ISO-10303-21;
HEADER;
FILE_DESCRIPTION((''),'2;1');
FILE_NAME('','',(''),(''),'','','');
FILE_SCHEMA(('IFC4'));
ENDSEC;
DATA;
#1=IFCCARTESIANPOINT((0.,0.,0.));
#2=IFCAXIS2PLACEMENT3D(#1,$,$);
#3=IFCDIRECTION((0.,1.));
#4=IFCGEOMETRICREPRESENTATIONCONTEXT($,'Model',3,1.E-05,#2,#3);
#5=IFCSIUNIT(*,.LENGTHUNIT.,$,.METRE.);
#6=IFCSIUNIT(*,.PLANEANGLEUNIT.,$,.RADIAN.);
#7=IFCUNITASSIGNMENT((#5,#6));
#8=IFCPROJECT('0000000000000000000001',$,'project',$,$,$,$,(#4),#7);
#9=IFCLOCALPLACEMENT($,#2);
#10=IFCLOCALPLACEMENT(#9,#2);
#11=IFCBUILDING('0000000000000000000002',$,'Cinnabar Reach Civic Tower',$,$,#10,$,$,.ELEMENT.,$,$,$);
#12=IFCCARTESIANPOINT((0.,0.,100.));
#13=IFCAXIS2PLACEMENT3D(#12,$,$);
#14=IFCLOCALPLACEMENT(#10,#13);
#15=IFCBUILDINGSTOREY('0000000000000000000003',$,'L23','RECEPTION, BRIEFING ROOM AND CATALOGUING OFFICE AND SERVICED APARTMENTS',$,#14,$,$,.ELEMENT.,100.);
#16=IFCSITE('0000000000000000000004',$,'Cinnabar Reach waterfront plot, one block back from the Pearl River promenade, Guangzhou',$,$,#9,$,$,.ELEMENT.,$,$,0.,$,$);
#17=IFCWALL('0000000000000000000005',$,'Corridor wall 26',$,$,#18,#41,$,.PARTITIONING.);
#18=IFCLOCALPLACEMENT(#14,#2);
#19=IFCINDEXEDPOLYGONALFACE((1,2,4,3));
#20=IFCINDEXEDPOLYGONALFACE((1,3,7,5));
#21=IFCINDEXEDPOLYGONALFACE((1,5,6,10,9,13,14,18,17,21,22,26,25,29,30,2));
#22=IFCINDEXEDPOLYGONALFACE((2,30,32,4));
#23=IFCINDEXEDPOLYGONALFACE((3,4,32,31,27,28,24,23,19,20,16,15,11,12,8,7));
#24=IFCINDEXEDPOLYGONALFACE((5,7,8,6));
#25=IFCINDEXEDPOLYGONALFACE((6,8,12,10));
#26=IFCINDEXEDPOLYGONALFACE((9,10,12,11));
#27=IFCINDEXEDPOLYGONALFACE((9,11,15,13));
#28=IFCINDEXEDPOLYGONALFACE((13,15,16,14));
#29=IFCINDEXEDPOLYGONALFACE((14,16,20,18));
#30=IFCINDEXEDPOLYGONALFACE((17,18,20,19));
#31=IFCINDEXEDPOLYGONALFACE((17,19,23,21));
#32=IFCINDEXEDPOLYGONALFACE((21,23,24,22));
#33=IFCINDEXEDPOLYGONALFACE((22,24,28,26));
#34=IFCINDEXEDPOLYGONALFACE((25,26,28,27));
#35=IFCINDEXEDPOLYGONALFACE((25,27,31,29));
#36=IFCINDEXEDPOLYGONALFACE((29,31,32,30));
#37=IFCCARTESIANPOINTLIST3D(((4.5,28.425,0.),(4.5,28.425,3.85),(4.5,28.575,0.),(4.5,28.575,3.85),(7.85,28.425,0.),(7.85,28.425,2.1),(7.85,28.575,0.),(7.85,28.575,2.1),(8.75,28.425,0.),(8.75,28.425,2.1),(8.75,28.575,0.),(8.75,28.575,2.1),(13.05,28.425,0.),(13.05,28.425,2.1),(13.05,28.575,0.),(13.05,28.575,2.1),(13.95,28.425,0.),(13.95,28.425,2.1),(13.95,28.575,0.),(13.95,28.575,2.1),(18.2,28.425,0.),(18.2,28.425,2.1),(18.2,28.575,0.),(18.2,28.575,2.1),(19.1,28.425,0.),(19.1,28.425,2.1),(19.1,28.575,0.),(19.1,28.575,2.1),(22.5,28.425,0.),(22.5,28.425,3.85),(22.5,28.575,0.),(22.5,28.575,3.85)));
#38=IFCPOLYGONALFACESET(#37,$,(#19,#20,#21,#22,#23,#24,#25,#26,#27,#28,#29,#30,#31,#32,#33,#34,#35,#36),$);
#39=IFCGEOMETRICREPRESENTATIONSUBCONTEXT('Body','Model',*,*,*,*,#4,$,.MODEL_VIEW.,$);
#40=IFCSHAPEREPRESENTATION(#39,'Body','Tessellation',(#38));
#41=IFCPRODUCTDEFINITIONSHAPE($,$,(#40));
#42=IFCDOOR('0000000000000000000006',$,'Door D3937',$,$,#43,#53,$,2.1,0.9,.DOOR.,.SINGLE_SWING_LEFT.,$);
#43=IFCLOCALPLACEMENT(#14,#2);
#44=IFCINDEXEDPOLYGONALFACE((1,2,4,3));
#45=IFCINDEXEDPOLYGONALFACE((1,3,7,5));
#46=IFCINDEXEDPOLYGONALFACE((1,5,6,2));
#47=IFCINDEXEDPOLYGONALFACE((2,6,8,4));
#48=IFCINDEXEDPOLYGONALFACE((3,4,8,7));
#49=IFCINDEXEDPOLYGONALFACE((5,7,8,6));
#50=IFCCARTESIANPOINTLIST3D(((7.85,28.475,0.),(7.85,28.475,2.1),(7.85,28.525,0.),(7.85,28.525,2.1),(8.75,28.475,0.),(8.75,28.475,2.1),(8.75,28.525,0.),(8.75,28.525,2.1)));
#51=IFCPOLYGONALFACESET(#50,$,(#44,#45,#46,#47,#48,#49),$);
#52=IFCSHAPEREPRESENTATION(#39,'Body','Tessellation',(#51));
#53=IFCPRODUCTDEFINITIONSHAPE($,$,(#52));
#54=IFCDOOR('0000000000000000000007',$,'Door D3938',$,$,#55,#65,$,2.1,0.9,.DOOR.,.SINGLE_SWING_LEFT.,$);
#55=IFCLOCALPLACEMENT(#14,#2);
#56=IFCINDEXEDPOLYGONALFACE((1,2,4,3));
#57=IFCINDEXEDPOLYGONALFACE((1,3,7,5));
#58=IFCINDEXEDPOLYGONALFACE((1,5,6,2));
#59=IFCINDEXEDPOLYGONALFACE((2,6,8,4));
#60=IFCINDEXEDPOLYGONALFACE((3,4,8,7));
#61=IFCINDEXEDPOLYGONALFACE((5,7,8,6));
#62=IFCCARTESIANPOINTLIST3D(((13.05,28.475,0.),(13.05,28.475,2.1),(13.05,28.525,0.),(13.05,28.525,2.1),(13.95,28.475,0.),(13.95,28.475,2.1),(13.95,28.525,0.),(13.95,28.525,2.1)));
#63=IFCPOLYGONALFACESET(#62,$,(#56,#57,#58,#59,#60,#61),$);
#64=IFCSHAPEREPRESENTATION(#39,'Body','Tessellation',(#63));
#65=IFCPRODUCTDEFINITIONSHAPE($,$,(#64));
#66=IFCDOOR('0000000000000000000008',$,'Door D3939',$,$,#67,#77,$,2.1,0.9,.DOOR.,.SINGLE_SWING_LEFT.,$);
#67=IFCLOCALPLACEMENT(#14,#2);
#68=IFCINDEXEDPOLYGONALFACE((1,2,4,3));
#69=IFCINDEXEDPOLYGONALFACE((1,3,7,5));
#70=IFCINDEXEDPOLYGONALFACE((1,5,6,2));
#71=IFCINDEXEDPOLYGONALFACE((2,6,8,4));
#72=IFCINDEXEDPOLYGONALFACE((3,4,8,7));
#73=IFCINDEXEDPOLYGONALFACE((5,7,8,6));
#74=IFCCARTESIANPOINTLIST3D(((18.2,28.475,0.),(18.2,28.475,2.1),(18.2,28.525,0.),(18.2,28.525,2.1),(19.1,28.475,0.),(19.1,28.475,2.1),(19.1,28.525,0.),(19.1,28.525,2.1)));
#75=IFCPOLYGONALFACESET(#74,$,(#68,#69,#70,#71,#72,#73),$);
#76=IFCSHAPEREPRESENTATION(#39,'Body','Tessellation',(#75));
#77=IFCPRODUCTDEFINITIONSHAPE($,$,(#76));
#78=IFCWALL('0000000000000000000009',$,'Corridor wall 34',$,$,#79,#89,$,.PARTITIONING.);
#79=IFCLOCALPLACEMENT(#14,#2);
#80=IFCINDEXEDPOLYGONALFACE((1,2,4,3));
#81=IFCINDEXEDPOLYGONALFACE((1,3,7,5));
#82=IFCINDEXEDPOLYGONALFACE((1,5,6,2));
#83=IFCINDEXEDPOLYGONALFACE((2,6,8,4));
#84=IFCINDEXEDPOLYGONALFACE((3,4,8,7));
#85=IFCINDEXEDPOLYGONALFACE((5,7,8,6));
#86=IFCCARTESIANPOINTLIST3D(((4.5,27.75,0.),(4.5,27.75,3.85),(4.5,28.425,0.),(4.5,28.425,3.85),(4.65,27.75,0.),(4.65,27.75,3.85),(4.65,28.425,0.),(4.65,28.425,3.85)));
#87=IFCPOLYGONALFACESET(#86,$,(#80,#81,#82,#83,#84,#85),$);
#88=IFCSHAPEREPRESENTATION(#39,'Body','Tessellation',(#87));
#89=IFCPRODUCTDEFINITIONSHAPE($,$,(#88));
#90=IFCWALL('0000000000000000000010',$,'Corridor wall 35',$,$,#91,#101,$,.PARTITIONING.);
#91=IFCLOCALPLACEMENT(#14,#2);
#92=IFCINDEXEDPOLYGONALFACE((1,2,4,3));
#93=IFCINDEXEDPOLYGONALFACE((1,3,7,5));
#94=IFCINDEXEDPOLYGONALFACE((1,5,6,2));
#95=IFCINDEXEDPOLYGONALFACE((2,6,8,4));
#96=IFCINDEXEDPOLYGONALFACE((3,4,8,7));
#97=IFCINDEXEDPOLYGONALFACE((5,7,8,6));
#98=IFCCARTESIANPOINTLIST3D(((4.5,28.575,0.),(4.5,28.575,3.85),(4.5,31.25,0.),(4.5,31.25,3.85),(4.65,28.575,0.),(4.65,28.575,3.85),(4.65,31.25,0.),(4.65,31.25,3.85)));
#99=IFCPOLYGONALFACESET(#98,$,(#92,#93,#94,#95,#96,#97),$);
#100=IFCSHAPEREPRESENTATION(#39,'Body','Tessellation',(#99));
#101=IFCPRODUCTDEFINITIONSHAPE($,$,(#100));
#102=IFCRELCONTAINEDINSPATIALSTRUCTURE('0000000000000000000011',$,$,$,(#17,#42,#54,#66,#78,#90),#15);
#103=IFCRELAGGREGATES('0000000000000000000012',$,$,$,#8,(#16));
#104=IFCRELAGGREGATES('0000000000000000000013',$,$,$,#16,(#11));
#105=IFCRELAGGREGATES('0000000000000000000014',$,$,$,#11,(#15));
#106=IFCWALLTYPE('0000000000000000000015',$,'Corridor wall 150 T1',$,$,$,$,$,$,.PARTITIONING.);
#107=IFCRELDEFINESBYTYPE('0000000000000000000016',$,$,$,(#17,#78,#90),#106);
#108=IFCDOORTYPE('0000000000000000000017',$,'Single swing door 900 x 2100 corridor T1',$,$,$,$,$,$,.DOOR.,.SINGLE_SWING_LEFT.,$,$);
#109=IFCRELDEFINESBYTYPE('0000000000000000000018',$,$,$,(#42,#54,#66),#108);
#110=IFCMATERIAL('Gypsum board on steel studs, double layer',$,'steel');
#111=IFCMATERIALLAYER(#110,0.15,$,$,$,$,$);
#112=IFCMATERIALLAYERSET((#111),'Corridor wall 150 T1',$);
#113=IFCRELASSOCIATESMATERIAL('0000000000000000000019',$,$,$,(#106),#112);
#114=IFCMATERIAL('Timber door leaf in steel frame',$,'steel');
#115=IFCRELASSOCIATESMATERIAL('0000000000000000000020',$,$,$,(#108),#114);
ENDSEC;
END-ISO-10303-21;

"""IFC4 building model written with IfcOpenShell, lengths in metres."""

from ifc_helpers import new_model, si_unit, direction, frame, frame_2d, origin, place, context, subcontext, project, spatial, rectangle, extrude, material, layer, layer_set, type_object, element, fill, save


model = new_model("IFC4")

# Units and contexts
model_context = context("Model", 3, precision=1e-05, world=origin(), true_north=direction((0.0, 1.0)))
body_context = subcontext(model_context, "Body", "Model", "MODEL_VIEW")
ifc_project = project(units=[si_unit("LENGTHUNIT", "METRE"), si_unit("PLANEANGLEUNIT", "RADIAN")], contexts=[model_context])

# Site, building, storey
site_placement = place(None, origin())
site = spatial("IfcSite", under=ifc_project, at=site_placement, Name="Cinnabar Reach waterfront plot, one block back from the Pearl River promenade, Guangzhou", CompositionType="ELEMENT", RefElevation=0.0)
building_placement = place(site_placement, origin())
building = spatial("IfcBuilding", under=site, at=building_placement, Name="Cinnabar Reach Civic Tower", CompositionType="ELEMENT")
storey_placement = place(building_placement, frame((0.0, 0.0, 100.0)))
storey = spatial("IfcBuildingStorey", under=building, at=storey_placement, Name="L23", Description="RECEPTION, BRIEFING ROOM AND CATALOGUING OFFICE AND SERVICED APARTMENTS", CompositionType="ELEMENT", Elevation=100.0)

# Wall, openings, doors
ifc_material_1 = material(Name="Gypsum board on steel studs, double layer", Category="steel")
ifc_layer_1 = layer(ifc_material_1, 0.15)
ifc_layer_set_1 = layer_set([ifc_layer_1], Name="Corridor wall 150 T1")
wall_type_1 = type_object("IfcWallType", Name="Corridor wall 150 T1", PredefinedType="PARTITIONING", material=ifc_layer_set_1)
wall_1_placement = place(storey_placement, frame((4.5, 28.5, 0.0), z_axis=(0.0, 0.0, 1.0), x_axis=(1.0, 0.0, 0.0)))
wall_1 = element("IfcWall", 1, at=wall_1_placement, inside=storey, type_object=wall_type_1, Name="Corridor wall 26", PredefinedType="PARTITIONING", context=body_context, shape_type="SweptSolid", body=[
    extrude(rectangle(XDim=18.0, YDim=0.15, at=frame_2d((9.0, 0.0))), origin(), (0.0, 0.0, 1.0), 3.85),
])
opening_1_placement = place(wall_1_placement, frame((3.35, 0.0, 0.0)))
opening_1 = element("IfcOpeningElement", 2, at=opening_1_placement, cuts=wall_1, PredefinedType="OPENING", context=body_context, shape_type="SweptSolid", body=[
    extrude(rectangle(XDim=0.9, YDim=2.1, at=frame_2d((0.45, 1.05))), frame((0.0, 0.085, 0.0), z_axis=(0.0, -1.0, 0.0), x_axis=(1.0, 0.0, 0.0)), (0.0, 0.0, 1.0), 0.17),
])
opening_2_placement = place(wall_1_placement, frame((8.55, 0.0, 0.0)))
opening_2 = element("IfcOpeningElement", 3, at=opening_2_placement, cuts=wall_1, PredefinedType="OPENING", context=body_context, shape_type="SweptSolid", body=[
    extrude(rectangle(XDim=0.9, YDim=2.1, at=frame_2d((0.45, 1.05))), frame((0.0, 0.085, 0.0), z_axis=(0.0, -1.0, 0.0), x_axis=(1.0, 0.0, 0.0)), (0.0, 0.0, 1.0), 0.17),
])
opening_3_placement = place(wall_1_placement, frame((13.7, 0.0, 0.0)))
opening_3 = element("IfcOpeningElement", 4, at=opening_3_placement, cuts=wall_1, PredefinedType="OPENING", context=body_context, shape_type="SweptSolid", body=[
    extrude(rectangle(XDim=0.9, YDim=2.1, at=frame_2d((0.45, 1.05))), frame((0.0, 0.085, 0.0), z_axis=(0.0, -1.0, 0.0), x_axis=(1.0, 0.0, 0.0)), (0.0, 0.0, 1.0), 0.17),
])
ifc_material_2 = material(Name="Timber door leaf in steel frame", Category="steel")
door_type_1 = type_object("IfcDoorType", Name="Single swing door 900 x 2100 corridor T1", OperationType="SINGLE_SWING_LEFT", PredefinedType="DOOR", material=ifc_material_2)
door_1_placement = place(opening_1_placement, origin())
door_1 = element("IfcDoor", 5, at=door_1_placement, inside=storey, type_object=door_type_1, Name="Door D3937", OperationType="SINGLE_SWING_LEFT", OverallHeight=2.1, OverallWidth=0.9, PredefinedType="DOOR", context=body_context, shape_type="SweptSolid", body=[
    extrude(rectangle(XDim=0.9, YDim=2.1, at=frame_2d((0.45, 1.05))), frame((0.0, 0.025, 0.0), z_axis=(0.0, -1.0, 0.0), x_axis=(1.0, 0.0, 0.0)), (0.0, 0.0, 1.0), 0.05),
])
fill(opening_1, door_1)
door_2_placement = place(opening_2_placement, origin())
door_2 = element("IfcDoor", 6, at=door_2_placement, inside=storey, type_object=door_type_1, Name="Door D3938", OperationType="SINGLE_SWING_LEFT", OverallHeight=2.1, OverallWidth=0.9, PredefinedType="DOOR", context=body_context, shape_type="SweptSolid", body=[
    extrude(rectangle(XDim=0.9, YDim=2.1, at=frame_2d((0.45, 1.05))), frame((0.0, 0.025, 0.0), z_axis=(0.0, -1.0, 0.0), x_axis=(1.0, 0.0, 0.0)), (0.0, 0.0, 1.0), 0.05),
])
fill(opening_2, door_2)
door_3_placement = place(opening_3_placement, origin())
door_3 = element("IfcDoor", 7, at=door_3_placement, inside=storey, type_object=door_type_1, Name="Door D3939", OperationType="SINGLE_SWING_LEFT", OverallHeight=2.1, OverallWidth=0.9, PredefinedType="DOOR", context=body_context, shape_type="SweptSolid", body=[
    extrude(rectangle(XDim=0.9, YDim=2.1, at=frame_2d((0.45, 1.05))), frame((0.0, 0.025, 0.0), z_axis=(0.0, -1.0, 0.0), x_axis=(1.0, 0.0, 0.0)), (0.0, 0.0, 1.0), 0.05),
])
fill(opening_3, door_3)

# Walls
wall_2_placement = place(storey_placement, frame((4.575, 27.75, 0.0), z_axis=(0.0, 0.0, 1.0), x_axis=(0.0, 1.0, 0.0)))
element("IfcWall", 8, at=wall_2_placement, inside=storey, type_object=wall_type_1, Name="Corridor wall 34", PredefinedType="PARTITIONING", context=body_context, shape_type="SweptSolid", body=[
    extrude(rectangle(XDim=0.675, YDim=0.15, at=frame_2d((0.3375, 0.0))), origin(), (0.0, 0.0, 1.0), 3.85),
])
wall_3_placement = place(storey_placement, frame((4.575, 28.575, 0.0), z_axis=(0.0, 0.0, 1.0), x_axis=(0.0, 1.0, 0.0)))
element("IfcWall", 9, at=wall_3_placement, inside=storey, type_object=wall_type_1, Name="Corridor wall 35", PredefinedType="PARTITIONING", context=body_context, shape_type="SweptSolid", body=[
    extrude(rectangle(XDim=2.675, YDim=0.15, at=frame_2d((1.3375, 0.0))), origin(), (0.0, 0.0, 1.0), 3.85),
])

save(model, "model.ifc")
